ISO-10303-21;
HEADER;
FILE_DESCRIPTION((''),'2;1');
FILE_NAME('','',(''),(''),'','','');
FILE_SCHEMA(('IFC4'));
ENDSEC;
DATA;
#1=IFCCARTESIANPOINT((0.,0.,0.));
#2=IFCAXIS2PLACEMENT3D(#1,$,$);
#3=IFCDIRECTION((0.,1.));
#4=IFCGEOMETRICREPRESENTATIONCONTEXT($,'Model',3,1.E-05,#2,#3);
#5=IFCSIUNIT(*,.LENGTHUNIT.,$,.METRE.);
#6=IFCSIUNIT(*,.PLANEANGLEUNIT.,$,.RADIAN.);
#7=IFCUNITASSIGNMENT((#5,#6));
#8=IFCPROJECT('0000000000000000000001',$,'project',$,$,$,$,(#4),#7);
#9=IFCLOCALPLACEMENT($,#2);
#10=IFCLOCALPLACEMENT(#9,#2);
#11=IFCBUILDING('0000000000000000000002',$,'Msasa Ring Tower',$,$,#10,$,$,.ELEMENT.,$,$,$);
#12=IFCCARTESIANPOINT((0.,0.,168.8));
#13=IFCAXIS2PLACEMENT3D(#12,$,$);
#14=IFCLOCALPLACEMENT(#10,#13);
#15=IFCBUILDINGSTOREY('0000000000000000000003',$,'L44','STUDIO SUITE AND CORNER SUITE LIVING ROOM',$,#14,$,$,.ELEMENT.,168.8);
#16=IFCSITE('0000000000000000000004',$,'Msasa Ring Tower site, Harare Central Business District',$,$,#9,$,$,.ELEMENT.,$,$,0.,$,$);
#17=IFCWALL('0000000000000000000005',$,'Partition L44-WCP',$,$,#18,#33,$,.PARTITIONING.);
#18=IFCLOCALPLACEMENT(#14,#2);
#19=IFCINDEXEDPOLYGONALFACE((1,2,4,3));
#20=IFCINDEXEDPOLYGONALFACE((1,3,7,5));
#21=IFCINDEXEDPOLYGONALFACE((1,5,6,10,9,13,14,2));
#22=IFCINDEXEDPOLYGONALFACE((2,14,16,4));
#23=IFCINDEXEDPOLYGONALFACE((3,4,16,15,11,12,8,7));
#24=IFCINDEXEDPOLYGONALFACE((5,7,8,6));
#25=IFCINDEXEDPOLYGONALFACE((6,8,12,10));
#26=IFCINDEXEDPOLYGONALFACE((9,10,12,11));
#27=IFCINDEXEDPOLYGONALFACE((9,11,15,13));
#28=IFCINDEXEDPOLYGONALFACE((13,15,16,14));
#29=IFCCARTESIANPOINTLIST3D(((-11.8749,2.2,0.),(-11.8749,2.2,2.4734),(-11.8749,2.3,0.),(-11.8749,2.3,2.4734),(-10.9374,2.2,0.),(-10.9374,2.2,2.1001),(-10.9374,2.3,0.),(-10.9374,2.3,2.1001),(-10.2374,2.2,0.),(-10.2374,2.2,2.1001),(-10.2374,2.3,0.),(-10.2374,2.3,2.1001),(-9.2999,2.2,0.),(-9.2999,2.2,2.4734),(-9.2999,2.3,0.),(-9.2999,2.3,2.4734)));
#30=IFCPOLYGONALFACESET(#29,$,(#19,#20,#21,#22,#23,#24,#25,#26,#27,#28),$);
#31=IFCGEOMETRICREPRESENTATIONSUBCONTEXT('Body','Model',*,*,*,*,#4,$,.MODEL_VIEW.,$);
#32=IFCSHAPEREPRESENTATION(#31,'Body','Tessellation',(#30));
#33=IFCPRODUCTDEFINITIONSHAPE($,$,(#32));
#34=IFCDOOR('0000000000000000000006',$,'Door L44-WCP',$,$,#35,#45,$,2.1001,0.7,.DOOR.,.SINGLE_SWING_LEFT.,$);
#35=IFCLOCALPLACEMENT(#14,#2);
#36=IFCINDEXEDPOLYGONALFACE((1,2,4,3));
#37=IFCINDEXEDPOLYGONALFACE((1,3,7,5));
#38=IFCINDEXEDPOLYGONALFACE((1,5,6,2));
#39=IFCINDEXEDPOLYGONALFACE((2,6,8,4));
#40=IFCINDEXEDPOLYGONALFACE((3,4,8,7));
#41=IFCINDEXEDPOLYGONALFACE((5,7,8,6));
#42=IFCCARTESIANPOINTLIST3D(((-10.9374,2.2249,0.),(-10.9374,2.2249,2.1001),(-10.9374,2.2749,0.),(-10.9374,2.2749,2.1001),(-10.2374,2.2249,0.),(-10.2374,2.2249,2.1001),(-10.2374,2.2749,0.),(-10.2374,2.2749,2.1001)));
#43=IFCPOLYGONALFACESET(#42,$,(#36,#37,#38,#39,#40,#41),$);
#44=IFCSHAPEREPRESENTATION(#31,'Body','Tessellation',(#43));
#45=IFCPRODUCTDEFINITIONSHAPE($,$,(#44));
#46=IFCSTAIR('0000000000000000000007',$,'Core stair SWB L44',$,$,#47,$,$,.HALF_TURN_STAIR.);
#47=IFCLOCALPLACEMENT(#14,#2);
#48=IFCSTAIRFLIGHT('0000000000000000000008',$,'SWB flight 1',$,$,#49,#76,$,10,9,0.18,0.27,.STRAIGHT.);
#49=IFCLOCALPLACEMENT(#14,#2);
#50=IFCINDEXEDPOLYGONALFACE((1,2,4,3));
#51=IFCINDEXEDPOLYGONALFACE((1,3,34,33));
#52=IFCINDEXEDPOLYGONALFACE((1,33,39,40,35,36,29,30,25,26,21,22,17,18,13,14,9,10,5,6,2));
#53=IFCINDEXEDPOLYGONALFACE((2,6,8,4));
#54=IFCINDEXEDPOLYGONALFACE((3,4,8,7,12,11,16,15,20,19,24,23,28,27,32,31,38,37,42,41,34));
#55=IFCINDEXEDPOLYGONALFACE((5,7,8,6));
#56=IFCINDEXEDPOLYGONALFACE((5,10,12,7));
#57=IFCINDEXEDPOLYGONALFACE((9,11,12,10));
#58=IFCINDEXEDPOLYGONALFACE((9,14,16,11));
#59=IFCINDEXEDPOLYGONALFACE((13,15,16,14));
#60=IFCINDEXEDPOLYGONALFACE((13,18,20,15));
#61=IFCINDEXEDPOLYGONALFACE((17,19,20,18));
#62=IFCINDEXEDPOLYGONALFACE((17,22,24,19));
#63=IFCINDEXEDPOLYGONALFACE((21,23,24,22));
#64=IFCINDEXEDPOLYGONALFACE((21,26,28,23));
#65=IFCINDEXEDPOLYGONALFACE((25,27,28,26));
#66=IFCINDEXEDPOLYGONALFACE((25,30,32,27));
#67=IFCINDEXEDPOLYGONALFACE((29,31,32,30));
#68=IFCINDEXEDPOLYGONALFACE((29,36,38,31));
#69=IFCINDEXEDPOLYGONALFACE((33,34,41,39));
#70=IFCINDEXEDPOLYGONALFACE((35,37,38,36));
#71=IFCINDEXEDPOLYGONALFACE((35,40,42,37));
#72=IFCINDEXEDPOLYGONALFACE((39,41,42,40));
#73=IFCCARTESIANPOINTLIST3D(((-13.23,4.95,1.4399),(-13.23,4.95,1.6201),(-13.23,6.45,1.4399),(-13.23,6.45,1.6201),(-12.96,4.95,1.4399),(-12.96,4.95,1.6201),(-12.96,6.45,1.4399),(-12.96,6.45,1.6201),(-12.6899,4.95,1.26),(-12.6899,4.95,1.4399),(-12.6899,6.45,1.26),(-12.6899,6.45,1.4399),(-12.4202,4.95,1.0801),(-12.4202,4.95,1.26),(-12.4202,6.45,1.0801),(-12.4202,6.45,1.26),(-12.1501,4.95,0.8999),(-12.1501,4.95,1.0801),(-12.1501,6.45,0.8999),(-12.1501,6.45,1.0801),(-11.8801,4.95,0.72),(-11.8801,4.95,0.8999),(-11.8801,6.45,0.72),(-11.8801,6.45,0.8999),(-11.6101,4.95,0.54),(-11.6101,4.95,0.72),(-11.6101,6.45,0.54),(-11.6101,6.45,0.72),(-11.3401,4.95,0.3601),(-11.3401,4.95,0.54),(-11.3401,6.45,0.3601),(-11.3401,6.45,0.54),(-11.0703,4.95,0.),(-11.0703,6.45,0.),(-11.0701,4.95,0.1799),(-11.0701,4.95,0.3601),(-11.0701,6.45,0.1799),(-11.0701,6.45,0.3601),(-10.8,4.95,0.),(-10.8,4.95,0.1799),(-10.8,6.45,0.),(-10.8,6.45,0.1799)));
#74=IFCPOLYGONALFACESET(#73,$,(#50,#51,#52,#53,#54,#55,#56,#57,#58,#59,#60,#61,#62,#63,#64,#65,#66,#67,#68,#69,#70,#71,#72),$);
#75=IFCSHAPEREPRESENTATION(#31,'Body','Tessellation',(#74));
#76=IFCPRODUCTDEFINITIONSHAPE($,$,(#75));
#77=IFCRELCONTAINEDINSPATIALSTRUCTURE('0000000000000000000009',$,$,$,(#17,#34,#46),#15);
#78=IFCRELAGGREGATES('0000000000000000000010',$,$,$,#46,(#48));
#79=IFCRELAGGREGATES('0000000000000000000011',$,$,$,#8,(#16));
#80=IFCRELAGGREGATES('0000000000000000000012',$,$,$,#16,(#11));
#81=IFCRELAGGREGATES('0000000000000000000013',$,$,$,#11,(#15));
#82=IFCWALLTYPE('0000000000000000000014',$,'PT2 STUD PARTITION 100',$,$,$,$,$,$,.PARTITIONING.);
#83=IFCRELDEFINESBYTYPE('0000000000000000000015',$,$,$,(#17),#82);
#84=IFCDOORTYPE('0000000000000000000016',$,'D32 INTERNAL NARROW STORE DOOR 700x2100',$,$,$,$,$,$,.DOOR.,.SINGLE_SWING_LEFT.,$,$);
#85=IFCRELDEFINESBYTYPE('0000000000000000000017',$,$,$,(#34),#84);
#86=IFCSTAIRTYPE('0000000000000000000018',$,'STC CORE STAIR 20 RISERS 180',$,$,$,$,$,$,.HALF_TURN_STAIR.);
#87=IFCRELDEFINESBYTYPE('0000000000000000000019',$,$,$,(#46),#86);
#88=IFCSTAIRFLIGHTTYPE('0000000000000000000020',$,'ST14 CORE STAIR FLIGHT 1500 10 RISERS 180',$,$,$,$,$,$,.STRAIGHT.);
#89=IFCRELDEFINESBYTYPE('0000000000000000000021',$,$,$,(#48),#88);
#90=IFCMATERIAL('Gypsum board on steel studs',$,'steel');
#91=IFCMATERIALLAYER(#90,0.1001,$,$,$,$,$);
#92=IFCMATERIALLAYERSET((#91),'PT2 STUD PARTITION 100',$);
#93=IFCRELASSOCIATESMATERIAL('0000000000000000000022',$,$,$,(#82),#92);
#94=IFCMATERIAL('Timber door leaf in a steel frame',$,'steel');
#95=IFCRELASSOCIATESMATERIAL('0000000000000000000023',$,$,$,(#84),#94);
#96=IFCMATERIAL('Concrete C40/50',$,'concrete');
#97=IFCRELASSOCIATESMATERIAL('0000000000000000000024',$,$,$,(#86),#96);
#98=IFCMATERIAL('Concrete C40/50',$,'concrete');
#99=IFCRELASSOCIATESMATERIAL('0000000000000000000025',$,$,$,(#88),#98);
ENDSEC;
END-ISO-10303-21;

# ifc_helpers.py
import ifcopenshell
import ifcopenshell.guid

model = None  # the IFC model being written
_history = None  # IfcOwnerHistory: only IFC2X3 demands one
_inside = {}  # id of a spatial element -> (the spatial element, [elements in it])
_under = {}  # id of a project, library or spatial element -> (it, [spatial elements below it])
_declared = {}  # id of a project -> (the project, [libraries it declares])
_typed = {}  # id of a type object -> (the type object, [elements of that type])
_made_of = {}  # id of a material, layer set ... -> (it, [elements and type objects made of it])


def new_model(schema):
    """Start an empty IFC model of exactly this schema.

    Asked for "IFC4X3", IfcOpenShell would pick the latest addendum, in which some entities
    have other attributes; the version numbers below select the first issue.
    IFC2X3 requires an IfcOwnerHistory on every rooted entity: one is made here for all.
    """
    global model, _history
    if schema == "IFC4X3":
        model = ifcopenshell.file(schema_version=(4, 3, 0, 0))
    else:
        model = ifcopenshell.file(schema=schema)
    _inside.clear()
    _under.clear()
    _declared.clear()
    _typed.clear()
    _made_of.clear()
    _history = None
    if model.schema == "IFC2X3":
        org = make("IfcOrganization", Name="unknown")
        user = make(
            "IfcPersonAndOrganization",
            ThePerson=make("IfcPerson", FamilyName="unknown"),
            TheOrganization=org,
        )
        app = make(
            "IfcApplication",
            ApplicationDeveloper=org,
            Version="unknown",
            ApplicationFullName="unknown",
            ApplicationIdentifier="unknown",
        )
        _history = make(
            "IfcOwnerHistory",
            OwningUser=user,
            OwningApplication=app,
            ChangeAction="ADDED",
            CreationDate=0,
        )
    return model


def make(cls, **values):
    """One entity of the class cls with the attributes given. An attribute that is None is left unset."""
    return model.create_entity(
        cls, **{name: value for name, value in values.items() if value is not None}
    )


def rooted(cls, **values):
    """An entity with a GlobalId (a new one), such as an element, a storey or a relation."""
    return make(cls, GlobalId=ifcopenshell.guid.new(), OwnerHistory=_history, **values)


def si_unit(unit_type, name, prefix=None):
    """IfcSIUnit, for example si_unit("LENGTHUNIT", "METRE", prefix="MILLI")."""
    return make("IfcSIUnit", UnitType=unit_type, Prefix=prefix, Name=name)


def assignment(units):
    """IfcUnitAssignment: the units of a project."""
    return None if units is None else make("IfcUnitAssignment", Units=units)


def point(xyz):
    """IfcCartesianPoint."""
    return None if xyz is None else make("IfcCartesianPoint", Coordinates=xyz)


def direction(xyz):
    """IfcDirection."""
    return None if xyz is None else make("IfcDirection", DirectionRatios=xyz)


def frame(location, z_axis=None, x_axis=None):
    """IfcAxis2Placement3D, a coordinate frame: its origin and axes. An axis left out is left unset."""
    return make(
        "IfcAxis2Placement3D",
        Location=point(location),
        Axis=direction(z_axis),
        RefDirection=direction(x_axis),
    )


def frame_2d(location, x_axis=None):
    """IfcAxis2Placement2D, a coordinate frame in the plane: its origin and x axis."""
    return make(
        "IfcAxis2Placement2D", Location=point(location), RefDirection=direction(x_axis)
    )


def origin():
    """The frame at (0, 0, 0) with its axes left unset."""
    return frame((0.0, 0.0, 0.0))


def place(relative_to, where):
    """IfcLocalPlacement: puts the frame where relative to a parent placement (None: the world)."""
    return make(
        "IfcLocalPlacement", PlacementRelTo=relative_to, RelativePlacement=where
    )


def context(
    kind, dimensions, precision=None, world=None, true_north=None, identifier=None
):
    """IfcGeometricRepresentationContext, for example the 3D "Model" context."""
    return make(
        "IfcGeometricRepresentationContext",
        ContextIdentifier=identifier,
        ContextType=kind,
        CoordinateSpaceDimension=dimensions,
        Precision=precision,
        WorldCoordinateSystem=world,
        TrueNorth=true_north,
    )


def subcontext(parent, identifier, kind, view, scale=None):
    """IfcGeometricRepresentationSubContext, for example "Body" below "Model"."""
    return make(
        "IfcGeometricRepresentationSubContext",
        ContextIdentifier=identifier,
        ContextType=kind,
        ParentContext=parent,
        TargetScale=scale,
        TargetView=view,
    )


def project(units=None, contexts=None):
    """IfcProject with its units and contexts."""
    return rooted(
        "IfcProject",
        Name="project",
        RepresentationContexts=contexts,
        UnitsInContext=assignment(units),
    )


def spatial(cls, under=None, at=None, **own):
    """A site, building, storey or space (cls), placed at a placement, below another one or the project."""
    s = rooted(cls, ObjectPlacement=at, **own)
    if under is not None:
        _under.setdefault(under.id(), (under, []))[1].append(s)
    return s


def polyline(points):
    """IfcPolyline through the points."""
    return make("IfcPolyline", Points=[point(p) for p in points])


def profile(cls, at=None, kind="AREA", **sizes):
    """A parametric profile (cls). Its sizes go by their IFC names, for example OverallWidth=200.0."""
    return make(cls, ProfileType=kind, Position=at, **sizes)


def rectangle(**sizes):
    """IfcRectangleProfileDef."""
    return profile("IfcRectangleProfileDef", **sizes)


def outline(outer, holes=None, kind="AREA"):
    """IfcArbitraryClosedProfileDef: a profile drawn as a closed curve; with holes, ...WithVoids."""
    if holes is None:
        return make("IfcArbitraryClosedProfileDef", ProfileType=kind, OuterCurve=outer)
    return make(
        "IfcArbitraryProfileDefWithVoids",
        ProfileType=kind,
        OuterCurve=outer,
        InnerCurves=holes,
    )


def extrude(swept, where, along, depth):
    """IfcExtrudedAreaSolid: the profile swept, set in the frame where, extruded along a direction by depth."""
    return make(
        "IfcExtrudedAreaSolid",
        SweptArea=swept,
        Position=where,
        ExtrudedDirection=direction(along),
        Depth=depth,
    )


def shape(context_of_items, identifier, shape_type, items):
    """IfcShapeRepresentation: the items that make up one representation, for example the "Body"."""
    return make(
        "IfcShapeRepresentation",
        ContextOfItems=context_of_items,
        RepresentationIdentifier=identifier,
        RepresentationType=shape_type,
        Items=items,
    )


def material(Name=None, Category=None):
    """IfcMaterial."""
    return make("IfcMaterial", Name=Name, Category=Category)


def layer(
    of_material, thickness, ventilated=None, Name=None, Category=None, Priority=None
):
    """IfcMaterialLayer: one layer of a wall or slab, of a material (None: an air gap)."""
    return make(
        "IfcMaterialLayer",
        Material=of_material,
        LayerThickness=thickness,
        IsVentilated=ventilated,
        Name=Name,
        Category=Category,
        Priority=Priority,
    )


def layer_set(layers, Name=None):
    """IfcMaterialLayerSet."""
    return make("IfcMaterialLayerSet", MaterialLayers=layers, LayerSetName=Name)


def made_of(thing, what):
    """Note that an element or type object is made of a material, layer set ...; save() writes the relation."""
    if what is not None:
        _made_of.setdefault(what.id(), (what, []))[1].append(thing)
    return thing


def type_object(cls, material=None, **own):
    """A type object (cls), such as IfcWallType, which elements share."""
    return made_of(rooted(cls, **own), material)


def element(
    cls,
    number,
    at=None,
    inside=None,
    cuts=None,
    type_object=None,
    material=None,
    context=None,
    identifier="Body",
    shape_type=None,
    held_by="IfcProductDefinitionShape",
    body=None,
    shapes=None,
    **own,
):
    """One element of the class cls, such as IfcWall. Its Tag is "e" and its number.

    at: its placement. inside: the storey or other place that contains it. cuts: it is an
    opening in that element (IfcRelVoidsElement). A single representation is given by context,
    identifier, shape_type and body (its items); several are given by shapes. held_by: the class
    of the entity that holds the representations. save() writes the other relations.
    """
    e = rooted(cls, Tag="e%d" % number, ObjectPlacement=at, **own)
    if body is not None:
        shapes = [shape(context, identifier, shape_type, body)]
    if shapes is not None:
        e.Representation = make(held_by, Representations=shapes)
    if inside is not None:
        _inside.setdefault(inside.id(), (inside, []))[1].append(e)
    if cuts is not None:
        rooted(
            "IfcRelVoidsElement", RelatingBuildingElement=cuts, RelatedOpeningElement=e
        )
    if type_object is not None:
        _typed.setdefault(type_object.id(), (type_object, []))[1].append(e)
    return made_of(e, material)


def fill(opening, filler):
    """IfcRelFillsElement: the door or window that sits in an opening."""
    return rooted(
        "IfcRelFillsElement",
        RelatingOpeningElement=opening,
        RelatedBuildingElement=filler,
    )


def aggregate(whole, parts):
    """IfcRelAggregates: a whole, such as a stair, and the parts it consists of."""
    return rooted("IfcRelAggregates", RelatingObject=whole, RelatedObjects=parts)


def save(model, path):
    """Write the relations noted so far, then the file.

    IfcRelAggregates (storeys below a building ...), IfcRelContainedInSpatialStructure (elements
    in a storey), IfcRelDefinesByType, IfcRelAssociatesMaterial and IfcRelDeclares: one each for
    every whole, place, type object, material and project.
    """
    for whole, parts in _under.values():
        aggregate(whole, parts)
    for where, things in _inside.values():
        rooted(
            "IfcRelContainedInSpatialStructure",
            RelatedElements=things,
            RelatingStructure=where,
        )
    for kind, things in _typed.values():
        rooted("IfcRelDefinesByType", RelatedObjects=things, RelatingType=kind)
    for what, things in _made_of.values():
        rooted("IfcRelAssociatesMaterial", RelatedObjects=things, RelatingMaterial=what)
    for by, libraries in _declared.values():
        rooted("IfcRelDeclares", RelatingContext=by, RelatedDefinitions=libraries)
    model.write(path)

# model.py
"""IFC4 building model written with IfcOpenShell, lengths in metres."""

from ifc_helpers import new_model, si_unit, direction, frame, frame_2d, origin, place, context, subcontext, project, spatial, polyline, rectangle, outline, extrude, material, layer, layer_set, type_object, element, fill, aggregate, save


model = new_model("IFC4")

# Units and contexts
model_context = context("Model", 3, precision=1e-05, world=origin(), true_north=direction((0.0, 1.0)))
body_context = subcontext(model_context, "Body", "Model", "MODEL_VIEW")
ifc_project = project(units=[si_unit("LENGTHUNIT", "METRE"), si_unit("PLANEANGLEUNIT", "RADIAN")], contexts=[model_context])

# Site, building, storey
site_placement = place(None, origin())
site = spatial("IfcSite", under=ifc_project, at=site_placement, Name="Msasa Ring Tower site, Harare Central Business District", CompositionType="ELEMENT", RefElevation=0.0)
building_placement = place(site_placement, origin())
building = spatial("IfcBuilding", under=site, at=building_placement, Name="Msasa Ring Tower", CompositionType="ELEMENT")
storey_placement = place(building_placement, frame((0.0, 0.0, 168.8)))
storey = spatial("IfcBuildingStorey", under=building, at=storey_placement, Name="L44", Description="STUDIO SUITE AND CORNER SUITE LIVING ROOM", CompositionType="ELEMENT", Elevation=168.8)

# Wall, opening, door
ifc_material_1 = material(Name="Gypsum board on steel studs", Category="steel")
ifc_layer_1 = layer(ifc_material_1, 0.1001)
ifc_layer_set_1 = layer_set([ifc_layer_1], Name="PT2 STUD PARTITION 100")
wall_type_1 = type_object("IfcWallType", Name="PT2 STUD PARTITION 100", PredefinedType="PARTITIONING", material=ifc_layer_set_1)
wall_1_placement = place(storey_placement, frame((-11.875, 2.25, 0.0), z_axis=(0.0, 0.0, 1.0), x_axis=(1.0, 0.0, 0.0)))
wall_1 = element("IfcWall", 1, at=wall_1_placement, inside=storey, type_object=wall_type_1, Name="Partition L44-WCP", PredefinedType="PARTITIONING", context=body_context, shape_type="SweptSolid", body=[
    extrude(rectangle(XDim=2.575, YDim=0.1001, at=frame_2d((1.2876, 0.0))), origin(), (0.0, 0.0, 1.0), 2.4734),
])
opening_1_placement = place(wall_1_placement, frame((0.9375, 0.0, 0.0)))
opening_1 = element("IfcOpeningElement", 2, at=opening_1_placement, cuts=wall_1, PredefinedType="OPENING", context=body_context, shape_type="SweptSolid", body=[
    extrude(rectangle(XDim=0.7, YDim=2.1001, at=frame_2d((0.3501, 1.05))), frame((0.0, 0.0601, 0.0), z_axis=(0.0, -1.0, 0.0), x_axis=(1.0, 0.0, 0.0)), (0.0, 0.0, 1.0), 0.1201),
])
ifc_material_2 = material(Name="Timber door leaf in a steel frame", Category="steel")
door_type_1 = type_object("IfcDoorType", Name="D32 INTERNAL NARROW STORE DOOR 700x2100", OperationType="SINGLE_SWING_LEFT", PredefinedType="DOOR", material=ifc_material_2)
door_1_placement = place(opening_1_placement, origin())
door_1 = element("IfcDoor", 3, at=door_1_placement, inside=storey, type_object=door_type_1, Name="Door L44-WCP", OperationType="SINGLE_SWING_LEFT", OverallHeight=2.1001, OverallWidth=0.7, PredefinedType="DOOR", context=body_context, shape_type="SweptSolid", body=[
    extrude(rectangle(XDim=0.7, YDim=2.1001, at=frame_2d((0.3501, 1.05))), frame((0.0, 0.0249, 0.0), z_axis=(0.0, -1.0, 0.0), x_axis=(1.0, 0.0, 0.0)), (0.0, 0.0, 1.0), 0.05),
])
fill(opening_1, door_1)

# Stair, stair flight
ifc_material_3 = material(Name="Concrete C40/50", Category="concrete")
stair_type = type_object("IfcStairType", Name="STC CORE STAIR 20 RISERS 180", PredefinedType="HALF_TURN_STAIR", material=ifc_material_3)
stair_placement = place(storey_placement, origin())
stair = element("IfcStair", 4, at=stair_placement, inside=storey, type_object=stair_type, Name="Core stair SWB L44", PredefinedType="HALF_TURN_STAIR")
ifc_material_4 = material(Name="Concrete C40/50", Category="concrete")
stair_flight_type = type_object("IfcStairFlightType", Name="ST14 CORE STAIR FLIGHT 1500 10 RISERS 180", PredefinedType="STRAIGHT", material=ifc_material_4)
stair_flight_placement = place(storey_placement, frame((-10.8, 5.7, 0.0), z_axis=(0.0, 0.0, 1.0), x_axis=(-1.0, 0.0, 0.0)))
stair_flight = element("IfcStairFlight", 5, at=stair_flight_placement, type_object=stair_flight_type, Name="SWB flight 1", NumberOfRisers=10, NumberOfTreads=9, PredefinedType="STRAIGHT", RiserHeight=0.18, TreadLength=0.27, context=body_context, shape_type="SweptSolid", body=[
    extrude(outline(polyline([(0.0, 0.0), (0.0, 0.1799), (0.27, 0.1799), (0.27, 0.3601), (0.54, 0.3601), (0.54, 0.54), (0.8101, 0.54), (0.8101, 0.72), (1.0801, 0.72), (1.0801, 0.8999), (1.3501, 0.8999), (1.3501, 1.0801), (1.6201, 1.0801), (1.6201, 1.26), (1.8899, 1.26), (1.8899, 1.4399), (2.1599, 1.4399), (2.1599, 1.6201), (2.4299, 1.6201), (2.4299, 1.8), (2.4299, 1.4399), (0.2703, 0.0), (0.0, 0.0)])), frame((0.0, 0.75, 0.0), z_axis=(0.0, -1.0, 0.0), x_axis=(1.0, 0.0, 0.0)), (0.0, 0.0, 1.0), 1.5),
])
aggregate(stair, [stair_flight])

save(model, "model.ifc")
